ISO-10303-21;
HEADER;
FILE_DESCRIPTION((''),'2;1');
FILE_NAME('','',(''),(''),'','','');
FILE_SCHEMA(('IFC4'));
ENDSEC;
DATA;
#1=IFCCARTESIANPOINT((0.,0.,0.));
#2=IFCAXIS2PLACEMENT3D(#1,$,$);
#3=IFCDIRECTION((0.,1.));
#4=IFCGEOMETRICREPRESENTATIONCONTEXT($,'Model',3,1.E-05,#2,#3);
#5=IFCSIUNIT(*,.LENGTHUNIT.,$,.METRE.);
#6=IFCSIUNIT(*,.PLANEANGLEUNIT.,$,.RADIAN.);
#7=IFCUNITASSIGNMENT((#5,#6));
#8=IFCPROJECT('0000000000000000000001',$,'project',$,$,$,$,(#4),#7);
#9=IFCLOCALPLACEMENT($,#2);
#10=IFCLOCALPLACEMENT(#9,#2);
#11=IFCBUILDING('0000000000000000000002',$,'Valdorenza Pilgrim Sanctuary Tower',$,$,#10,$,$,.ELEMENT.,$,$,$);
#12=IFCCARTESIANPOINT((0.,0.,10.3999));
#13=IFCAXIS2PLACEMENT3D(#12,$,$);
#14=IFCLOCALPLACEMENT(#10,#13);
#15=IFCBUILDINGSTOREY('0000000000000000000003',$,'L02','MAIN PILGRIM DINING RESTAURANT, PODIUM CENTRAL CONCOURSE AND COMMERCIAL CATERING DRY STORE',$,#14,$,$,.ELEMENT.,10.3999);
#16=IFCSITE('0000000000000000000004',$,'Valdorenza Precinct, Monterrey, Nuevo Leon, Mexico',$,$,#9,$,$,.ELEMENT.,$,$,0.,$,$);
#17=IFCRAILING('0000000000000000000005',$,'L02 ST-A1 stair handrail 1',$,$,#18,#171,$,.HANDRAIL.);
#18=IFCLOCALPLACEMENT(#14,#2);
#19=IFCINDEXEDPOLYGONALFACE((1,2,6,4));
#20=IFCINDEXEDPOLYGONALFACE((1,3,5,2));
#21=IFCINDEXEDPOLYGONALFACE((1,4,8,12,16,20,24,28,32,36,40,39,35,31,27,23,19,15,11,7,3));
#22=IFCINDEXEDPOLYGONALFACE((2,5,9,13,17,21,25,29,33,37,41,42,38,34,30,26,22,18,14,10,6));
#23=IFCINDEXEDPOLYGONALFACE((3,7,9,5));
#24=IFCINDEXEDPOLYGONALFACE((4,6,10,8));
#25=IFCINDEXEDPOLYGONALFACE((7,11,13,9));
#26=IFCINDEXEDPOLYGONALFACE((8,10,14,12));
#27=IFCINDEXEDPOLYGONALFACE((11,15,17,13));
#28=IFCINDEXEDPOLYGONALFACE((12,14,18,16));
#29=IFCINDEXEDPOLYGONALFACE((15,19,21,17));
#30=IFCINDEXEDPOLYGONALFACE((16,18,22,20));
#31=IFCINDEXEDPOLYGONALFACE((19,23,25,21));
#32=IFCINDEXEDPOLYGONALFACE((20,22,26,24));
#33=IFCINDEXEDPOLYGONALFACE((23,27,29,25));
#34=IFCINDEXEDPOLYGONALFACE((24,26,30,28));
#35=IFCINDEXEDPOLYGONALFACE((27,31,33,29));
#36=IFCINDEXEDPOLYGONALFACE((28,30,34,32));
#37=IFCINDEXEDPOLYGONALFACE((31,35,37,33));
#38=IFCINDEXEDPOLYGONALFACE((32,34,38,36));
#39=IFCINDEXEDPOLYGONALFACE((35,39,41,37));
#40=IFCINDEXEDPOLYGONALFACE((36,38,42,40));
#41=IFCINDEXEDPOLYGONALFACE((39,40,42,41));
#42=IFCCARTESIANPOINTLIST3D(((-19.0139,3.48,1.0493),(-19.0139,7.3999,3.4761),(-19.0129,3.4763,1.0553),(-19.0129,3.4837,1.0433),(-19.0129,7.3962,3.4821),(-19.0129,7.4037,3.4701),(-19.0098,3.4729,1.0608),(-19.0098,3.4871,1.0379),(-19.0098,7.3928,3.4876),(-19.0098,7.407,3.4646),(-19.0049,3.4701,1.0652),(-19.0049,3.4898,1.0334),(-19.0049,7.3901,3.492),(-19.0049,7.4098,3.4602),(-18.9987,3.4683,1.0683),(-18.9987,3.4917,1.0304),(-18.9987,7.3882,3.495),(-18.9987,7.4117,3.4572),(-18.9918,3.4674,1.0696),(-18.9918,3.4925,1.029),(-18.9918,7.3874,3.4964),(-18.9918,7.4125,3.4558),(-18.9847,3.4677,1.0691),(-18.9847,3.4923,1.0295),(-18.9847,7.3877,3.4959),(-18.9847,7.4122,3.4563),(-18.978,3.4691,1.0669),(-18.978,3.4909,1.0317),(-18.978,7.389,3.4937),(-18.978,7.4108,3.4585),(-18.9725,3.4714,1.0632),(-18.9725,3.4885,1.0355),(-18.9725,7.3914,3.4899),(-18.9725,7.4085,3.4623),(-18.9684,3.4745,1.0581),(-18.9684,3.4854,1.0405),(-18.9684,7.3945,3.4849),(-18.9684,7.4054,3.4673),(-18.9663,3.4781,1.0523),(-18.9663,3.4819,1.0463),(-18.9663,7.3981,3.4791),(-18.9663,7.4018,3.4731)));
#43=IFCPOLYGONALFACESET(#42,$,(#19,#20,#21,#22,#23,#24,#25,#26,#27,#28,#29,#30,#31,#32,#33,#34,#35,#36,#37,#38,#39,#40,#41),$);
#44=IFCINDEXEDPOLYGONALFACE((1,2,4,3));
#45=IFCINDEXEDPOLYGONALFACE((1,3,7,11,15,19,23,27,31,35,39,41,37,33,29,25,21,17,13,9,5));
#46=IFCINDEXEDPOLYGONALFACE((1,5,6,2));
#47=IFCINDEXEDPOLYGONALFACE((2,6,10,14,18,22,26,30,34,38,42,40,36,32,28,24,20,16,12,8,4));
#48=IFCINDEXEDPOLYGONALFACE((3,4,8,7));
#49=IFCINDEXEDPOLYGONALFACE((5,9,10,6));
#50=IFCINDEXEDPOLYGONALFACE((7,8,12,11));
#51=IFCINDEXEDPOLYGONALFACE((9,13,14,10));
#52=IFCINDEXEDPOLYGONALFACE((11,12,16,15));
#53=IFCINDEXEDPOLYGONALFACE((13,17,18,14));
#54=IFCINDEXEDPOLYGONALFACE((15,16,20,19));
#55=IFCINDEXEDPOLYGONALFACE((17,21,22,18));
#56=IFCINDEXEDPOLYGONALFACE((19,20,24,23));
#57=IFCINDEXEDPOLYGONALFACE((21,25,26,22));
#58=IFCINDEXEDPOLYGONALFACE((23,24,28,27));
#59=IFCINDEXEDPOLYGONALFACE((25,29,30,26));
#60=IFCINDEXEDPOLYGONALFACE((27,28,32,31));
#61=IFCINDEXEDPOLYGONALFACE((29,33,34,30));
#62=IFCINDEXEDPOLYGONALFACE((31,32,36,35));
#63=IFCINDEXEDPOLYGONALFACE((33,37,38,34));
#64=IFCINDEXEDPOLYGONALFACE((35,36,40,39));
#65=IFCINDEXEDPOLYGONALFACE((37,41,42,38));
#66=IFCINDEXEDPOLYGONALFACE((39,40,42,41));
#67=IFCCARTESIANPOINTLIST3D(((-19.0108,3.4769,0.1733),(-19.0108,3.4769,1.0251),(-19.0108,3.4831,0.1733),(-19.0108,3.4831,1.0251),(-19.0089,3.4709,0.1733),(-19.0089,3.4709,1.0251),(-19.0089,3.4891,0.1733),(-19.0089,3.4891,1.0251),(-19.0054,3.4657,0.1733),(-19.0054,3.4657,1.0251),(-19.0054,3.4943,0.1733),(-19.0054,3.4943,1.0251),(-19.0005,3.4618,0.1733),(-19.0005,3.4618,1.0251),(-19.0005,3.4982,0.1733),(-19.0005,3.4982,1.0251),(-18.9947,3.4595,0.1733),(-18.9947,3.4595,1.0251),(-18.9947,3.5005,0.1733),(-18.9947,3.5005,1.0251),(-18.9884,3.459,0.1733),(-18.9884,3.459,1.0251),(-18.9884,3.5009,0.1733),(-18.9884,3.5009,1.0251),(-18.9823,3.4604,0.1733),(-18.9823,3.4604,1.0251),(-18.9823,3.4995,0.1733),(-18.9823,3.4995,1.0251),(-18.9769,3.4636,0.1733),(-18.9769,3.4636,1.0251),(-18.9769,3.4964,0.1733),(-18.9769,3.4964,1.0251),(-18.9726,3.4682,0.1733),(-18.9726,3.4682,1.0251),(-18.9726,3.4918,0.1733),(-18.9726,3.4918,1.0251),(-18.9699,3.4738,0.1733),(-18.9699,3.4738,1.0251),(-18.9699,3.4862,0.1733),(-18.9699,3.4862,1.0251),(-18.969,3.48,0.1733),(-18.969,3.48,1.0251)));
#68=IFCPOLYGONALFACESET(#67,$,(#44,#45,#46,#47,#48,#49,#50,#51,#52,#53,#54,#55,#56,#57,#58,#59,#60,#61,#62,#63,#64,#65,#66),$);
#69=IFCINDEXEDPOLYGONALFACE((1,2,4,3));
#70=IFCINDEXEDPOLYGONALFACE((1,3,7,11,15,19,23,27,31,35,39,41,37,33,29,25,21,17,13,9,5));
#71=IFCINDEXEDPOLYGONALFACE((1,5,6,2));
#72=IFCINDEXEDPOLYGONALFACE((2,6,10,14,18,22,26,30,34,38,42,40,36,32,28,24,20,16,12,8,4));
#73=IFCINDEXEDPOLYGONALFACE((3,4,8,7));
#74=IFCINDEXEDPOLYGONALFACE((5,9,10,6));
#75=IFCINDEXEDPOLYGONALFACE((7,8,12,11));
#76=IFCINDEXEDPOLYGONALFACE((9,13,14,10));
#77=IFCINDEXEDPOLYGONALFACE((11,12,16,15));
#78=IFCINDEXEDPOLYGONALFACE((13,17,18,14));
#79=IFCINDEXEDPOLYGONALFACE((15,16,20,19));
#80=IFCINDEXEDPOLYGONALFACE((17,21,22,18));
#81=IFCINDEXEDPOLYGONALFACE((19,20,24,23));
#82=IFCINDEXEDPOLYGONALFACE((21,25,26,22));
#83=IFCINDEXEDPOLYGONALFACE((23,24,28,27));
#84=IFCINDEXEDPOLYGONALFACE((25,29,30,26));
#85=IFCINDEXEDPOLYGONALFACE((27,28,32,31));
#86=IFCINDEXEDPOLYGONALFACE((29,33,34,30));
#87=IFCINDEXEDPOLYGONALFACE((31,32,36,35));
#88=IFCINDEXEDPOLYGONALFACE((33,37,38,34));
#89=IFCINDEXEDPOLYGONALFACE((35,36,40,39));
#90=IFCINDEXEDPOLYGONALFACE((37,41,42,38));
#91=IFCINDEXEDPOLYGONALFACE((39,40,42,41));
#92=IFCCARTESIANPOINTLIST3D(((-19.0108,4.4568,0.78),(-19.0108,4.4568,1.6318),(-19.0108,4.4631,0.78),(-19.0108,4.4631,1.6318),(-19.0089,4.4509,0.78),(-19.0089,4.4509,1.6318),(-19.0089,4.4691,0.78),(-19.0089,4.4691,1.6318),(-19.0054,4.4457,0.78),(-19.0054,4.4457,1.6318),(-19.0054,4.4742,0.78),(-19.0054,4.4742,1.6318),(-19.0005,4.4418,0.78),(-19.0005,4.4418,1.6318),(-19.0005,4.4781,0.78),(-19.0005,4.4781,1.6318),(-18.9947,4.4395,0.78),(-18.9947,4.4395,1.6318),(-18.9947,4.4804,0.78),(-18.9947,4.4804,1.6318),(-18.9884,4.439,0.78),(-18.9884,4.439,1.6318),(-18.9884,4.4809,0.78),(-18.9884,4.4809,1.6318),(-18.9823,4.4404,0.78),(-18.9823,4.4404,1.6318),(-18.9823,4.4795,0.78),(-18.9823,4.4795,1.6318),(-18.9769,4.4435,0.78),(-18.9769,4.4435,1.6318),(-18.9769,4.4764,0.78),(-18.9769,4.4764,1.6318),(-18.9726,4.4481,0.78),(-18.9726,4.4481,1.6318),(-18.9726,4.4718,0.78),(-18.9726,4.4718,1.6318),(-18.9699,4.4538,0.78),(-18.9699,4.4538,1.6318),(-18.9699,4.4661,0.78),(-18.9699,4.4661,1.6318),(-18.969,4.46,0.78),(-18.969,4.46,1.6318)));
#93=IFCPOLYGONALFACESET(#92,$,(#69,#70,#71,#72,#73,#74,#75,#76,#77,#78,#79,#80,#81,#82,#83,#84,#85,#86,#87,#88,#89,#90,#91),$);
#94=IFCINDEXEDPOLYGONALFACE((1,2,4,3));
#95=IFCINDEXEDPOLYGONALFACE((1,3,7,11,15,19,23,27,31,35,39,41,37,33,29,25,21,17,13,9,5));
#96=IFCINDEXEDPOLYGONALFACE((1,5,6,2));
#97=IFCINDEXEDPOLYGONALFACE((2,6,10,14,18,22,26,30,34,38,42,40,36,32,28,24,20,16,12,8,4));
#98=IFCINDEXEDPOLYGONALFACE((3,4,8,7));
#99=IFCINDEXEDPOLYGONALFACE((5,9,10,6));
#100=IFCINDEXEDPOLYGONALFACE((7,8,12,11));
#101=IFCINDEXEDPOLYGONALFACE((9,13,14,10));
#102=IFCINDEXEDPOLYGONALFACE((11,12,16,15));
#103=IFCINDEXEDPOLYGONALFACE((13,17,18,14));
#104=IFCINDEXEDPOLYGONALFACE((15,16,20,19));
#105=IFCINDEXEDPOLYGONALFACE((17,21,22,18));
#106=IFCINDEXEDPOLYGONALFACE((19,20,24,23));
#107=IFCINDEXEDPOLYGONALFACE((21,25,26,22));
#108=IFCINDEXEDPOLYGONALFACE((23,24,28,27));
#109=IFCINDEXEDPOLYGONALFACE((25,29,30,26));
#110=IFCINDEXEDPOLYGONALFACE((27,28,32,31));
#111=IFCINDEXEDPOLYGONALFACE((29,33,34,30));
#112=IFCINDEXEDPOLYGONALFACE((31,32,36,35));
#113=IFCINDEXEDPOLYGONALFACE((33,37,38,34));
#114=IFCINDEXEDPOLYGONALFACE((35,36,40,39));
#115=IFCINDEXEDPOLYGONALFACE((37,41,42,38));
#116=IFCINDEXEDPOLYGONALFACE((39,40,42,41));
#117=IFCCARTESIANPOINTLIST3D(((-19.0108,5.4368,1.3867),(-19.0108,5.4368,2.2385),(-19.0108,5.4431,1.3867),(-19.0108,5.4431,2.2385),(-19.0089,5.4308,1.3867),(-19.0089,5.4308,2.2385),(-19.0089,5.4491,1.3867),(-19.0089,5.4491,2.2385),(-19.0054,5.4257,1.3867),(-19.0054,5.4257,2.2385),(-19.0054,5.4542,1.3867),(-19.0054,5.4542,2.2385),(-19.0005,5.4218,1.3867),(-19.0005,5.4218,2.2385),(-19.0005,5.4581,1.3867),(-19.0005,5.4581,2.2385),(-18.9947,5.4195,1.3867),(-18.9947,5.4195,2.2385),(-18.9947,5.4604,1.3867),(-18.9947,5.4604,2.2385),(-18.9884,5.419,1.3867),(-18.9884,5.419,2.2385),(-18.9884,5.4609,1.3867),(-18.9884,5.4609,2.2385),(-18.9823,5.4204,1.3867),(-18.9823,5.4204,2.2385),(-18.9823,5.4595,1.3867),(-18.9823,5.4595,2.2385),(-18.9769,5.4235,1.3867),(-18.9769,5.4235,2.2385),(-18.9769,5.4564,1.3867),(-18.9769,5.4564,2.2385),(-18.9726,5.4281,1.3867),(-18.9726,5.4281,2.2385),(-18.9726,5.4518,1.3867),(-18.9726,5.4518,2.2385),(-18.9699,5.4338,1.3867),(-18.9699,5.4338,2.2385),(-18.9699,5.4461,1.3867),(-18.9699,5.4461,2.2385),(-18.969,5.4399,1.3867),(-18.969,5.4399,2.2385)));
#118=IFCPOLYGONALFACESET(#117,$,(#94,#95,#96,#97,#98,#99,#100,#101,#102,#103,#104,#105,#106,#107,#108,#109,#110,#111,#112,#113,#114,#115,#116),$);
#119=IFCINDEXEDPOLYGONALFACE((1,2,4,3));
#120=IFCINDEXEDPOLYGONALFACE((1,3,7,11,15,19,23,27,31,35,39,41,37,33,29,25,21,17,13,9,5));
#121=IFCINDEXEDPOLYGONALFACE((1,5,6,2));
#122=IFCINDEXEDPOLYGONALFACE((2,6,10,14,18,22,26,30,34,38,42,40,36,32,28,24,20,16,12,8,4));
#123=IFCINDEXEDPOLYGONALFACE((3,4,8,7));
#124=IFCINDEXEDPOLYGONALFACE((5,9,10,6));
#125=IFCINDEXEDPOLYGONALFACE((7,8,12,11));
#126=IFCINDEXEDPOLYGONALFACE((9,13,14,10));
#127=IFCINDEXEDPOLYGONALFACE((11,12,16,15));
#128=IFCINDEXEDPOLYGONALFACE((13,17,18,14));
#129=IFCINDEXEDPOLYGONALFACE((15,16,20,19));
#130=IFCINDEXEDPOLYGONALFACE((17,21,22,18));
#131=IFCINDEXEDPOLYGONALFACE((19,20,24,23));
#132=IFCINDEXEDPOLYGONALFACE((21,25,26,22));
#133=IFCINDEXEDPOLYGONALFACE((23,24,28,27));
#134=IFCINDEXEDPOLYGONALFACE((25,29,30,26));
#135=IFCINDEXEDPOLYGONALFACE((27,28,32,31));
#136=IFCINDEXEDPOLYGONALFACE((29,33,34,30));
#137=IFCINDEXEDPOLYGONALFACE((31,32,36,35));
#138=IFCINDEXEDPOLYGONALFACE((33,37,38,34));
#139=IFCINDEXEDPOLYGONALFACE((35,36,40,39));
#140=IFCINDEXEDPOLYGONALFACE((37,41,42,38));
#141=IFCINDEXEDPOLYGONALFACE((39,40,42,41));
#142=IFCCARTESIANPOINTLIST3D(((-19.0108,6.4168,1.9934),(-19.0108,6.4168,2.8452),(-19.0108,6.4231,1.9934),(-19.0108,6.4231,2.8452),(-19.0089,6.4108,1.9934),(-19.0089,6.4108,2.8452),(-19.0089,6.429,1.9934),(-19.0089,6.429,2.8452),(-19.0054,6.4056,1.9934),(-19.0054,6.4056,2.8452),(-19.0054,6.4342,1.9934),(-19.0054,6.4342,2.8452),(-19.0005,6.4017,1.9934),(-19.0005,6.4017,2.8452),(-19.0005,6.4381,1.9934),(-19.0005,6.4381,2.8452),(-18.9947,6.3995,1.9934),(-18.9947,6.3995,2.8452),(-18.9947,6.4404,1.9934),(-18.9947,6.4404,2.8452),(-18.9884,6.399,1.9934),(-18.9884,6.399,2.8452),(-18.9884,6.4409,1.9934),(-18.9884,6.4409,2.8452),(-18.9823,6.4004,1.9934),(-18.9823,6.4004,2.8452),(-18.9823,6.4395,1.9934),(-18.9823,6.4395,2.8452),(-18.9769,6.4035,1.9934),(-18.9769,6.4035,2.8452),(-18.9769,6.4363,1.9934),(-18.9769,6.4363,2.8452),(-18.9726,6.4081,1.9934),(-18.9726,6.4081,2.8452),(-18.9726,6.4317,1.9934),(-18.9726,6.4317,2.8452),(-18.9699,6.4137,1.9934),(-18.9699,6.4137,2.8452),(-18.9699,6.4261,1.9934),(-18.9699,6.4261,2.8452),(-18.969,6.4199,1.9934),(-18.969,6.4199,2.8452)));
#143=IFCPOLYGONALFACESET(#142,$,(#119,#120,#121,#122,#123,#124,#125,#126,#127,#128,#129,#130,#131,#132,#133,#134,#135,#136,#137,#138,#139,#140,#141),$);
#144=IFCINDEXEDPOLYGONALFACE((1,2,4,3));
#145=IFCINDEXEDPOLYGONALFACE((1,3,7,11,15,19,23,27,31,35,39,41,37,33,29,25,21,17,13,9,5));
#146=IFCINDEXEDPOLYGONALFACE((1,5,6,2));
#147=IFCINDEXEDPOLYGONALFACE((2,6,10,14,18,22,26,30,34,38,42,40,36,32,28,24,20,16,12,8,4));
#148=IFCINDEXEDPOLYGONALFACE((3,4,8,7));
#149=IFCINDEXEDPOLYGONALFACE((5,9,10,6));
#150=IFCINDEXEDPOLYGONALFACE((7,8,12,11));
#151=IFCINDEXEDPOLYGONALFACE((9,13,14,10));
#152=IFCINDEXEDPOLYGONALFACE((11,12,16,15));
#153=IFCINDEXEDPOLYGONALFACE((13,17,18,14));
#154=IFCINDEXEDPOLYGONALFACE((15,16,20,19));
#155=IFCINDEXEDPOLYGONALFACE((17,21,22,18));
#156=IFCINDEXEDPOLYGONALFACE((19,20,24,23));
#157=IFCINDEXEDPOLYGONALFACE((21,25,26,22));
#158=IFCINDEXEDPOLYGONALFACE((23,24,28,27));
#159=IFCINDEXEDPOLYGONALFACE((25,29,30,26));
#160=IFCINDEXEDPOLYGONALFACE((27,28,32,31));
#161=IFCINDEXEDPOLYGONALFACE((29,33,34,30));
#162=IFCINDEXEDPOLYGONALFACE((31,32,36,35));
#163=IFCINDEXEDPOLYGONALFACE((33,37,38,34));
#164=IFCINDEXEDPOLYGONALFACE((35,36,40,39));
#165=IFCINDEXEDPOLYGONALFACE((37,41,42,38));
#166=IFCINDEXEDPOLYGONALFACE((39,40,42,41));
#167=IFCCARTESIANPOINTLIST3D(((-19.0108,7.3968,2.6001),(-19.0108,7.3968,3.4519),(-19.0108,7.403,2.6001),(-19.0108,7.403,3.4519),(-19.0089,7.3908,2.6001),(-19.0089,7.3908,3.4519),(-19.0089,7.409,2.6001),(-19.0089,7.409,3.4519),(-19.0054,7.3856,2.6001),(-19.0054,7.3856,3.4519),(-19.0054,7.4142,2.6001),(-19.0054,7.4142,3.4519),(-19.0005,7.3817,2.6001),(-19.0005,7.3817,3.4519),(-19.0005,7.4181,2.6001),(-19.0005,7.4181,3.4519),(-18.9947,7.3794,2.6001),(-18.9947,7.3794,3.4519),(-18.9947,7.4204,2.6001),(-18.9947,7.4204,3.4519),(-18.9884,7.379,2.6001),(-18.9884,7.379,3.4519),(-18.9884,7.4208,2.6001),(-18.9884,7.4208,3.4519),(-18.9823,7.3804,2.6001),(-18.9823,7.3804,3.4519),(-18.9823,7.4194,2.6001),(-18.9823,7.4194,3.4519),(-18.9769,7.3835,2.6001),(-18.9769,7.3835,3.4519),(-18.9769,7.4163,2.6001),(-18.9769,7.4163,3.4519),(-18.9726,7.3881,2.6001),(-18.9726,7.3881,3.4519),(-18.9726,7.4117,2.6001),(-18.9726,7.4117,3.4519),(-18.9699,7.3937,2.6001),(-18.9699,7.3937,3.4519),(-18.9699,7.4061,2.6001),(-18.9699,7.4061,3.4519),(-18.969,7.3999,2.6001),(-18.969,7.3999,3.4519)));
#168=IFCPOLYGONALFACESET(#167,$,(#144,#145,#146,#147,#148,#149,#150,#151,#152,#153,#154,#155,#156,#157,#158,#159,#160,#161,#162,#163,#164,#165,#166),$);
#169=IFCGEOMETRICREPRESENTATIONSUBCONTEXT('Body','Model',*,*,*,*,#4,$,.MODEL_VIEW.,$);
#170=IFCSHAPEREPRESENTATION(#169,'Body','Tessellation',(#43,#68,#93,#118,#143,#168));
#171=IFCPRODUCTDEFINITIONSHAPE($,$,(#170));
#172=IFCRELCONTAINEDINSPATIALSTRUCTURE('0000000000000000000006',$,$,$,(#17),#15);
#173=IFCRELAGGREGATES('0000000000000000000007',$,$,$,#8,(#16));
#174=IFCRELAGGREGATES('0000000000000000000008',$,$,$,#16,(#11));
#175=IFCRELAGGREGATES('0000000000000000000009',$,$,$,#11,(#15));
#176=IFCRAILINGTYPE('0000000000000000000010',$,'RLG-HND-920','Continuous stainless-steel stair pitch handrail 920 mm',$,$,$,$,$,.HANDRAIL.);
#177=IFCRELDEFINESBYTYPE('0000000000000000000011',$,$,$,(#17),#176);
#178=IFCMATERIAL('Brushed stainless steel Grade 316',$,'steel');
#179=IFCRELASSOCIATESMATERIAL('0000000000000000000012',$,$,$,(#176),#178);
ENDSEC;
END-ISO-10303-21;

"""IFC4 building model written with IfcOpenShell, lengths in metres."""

from ifc_helpers import new_model, si_unit, direction, frame, origin, origin_2d, place, context, subcontext, project, spatial, circle, extrude, material, type_object, element, save


model = new_model("IFC4")

# Units and contexts
model_context = context("Model", 3, precision=1e-05, world=origin(), true_north=direction((0.0, 1.0)))
body_context = subcontext(model_context, "Body", "Model", "MODEL_VIEW")
ifc_project = project(units=[si_unit("LENGTHUNIT", "METRE"), si_unit("PLANEANGLEUNIT", "RADIAN")], contexts=[model_context])

# Site, building, storey
site_placement = place(None, origin())
site = spatial("IfcSite", under=ifc_project, at=site_placement, Name="Valdorenza Precinct, Monterrey, Nuevo Leon, Mexico", CompositionType="ELEMENT", RefElevation=0.0)
building_placement = place(site_placement, origin())
building = spatial("IfcBuilding", under=site, at=building_placement, Name="Valdorenza Pilgrim Sanctuary Tower", CompositionType="ELEMENT")
storey_placement = place(building_placement, frame((0.0, 0.0, 10.3999)))
storey = spatial("IfcBuildingStorey", under=building, at=storey_placement, Name="L02", Description="MAIN PILGRIM DINING RESTAURANT, PODIUM CENTRAL CONCOURSE AND COMMERCIAL CATERING DRY STORE", CompositionType="ELEMENT", Elevation=10.3999)

# Shared definitions
ifc_material_1 = material(Name="Brushed stainless steel Grade 316", Category="steel")

# Railing
railing_type_1 = type_object("IfcRailingType", Name="RLG-HND-920", Description="Continuous stainless-steel stair pitch handrail 920 mm", PredefinedType="HANDRAIL", material=ifc_material_1)
railing_1_placement = place(storey_placement, frame((-18.99, 3.48, 0.1733)))
element("IfcRailing", 1, at=railing_1_placement, inside=storey, type_object=railing_type_1, Name="L02 ST-A1 stair handrail 1", PredefinedType="HANDRAIL", context=body_context, shape_type="SweptSolid", body=[
    extrude(circle(Radius=0.0239, at=origin_2d()), frame((0.0, 0.0, 0.876), z_axis=(0.0, 0.850252, 0.526376), x_axis=(-1.0, 0.0, 0.0)), (0.0, 0.0, 1.0), 4.6104),
    extrude(circle(Radius=0.021, at=origin_2d()), origin(), (0.0, 0.0, 1.0), 0.8518),
    extrude(circle(Radius=0.021, at=origin_2d()), frame((0.0, 0.98, 0.6067)), (0.0, 0.0, 1.0), 0.8518),
    extrude(circle(Radius=0.021, at=origin_2d()), frame((0.0, 1.96, 1.2134)), (0.0, 0.0, 1.0), 0.8518),
    extrude(circle(Radius=0.021, at=origin_2d()), frame((0.0, 2.9399, 1.8201)), (0.0, 0.0, 1.0), 0.8518),
    extrude(circle(Radius=0.021, at=origin_2d()), frame((0.0, 3.9199, 2.4268)), (0.0, 0.0, 1.0), 0.8518),
])

save(model, "model.ifc")
